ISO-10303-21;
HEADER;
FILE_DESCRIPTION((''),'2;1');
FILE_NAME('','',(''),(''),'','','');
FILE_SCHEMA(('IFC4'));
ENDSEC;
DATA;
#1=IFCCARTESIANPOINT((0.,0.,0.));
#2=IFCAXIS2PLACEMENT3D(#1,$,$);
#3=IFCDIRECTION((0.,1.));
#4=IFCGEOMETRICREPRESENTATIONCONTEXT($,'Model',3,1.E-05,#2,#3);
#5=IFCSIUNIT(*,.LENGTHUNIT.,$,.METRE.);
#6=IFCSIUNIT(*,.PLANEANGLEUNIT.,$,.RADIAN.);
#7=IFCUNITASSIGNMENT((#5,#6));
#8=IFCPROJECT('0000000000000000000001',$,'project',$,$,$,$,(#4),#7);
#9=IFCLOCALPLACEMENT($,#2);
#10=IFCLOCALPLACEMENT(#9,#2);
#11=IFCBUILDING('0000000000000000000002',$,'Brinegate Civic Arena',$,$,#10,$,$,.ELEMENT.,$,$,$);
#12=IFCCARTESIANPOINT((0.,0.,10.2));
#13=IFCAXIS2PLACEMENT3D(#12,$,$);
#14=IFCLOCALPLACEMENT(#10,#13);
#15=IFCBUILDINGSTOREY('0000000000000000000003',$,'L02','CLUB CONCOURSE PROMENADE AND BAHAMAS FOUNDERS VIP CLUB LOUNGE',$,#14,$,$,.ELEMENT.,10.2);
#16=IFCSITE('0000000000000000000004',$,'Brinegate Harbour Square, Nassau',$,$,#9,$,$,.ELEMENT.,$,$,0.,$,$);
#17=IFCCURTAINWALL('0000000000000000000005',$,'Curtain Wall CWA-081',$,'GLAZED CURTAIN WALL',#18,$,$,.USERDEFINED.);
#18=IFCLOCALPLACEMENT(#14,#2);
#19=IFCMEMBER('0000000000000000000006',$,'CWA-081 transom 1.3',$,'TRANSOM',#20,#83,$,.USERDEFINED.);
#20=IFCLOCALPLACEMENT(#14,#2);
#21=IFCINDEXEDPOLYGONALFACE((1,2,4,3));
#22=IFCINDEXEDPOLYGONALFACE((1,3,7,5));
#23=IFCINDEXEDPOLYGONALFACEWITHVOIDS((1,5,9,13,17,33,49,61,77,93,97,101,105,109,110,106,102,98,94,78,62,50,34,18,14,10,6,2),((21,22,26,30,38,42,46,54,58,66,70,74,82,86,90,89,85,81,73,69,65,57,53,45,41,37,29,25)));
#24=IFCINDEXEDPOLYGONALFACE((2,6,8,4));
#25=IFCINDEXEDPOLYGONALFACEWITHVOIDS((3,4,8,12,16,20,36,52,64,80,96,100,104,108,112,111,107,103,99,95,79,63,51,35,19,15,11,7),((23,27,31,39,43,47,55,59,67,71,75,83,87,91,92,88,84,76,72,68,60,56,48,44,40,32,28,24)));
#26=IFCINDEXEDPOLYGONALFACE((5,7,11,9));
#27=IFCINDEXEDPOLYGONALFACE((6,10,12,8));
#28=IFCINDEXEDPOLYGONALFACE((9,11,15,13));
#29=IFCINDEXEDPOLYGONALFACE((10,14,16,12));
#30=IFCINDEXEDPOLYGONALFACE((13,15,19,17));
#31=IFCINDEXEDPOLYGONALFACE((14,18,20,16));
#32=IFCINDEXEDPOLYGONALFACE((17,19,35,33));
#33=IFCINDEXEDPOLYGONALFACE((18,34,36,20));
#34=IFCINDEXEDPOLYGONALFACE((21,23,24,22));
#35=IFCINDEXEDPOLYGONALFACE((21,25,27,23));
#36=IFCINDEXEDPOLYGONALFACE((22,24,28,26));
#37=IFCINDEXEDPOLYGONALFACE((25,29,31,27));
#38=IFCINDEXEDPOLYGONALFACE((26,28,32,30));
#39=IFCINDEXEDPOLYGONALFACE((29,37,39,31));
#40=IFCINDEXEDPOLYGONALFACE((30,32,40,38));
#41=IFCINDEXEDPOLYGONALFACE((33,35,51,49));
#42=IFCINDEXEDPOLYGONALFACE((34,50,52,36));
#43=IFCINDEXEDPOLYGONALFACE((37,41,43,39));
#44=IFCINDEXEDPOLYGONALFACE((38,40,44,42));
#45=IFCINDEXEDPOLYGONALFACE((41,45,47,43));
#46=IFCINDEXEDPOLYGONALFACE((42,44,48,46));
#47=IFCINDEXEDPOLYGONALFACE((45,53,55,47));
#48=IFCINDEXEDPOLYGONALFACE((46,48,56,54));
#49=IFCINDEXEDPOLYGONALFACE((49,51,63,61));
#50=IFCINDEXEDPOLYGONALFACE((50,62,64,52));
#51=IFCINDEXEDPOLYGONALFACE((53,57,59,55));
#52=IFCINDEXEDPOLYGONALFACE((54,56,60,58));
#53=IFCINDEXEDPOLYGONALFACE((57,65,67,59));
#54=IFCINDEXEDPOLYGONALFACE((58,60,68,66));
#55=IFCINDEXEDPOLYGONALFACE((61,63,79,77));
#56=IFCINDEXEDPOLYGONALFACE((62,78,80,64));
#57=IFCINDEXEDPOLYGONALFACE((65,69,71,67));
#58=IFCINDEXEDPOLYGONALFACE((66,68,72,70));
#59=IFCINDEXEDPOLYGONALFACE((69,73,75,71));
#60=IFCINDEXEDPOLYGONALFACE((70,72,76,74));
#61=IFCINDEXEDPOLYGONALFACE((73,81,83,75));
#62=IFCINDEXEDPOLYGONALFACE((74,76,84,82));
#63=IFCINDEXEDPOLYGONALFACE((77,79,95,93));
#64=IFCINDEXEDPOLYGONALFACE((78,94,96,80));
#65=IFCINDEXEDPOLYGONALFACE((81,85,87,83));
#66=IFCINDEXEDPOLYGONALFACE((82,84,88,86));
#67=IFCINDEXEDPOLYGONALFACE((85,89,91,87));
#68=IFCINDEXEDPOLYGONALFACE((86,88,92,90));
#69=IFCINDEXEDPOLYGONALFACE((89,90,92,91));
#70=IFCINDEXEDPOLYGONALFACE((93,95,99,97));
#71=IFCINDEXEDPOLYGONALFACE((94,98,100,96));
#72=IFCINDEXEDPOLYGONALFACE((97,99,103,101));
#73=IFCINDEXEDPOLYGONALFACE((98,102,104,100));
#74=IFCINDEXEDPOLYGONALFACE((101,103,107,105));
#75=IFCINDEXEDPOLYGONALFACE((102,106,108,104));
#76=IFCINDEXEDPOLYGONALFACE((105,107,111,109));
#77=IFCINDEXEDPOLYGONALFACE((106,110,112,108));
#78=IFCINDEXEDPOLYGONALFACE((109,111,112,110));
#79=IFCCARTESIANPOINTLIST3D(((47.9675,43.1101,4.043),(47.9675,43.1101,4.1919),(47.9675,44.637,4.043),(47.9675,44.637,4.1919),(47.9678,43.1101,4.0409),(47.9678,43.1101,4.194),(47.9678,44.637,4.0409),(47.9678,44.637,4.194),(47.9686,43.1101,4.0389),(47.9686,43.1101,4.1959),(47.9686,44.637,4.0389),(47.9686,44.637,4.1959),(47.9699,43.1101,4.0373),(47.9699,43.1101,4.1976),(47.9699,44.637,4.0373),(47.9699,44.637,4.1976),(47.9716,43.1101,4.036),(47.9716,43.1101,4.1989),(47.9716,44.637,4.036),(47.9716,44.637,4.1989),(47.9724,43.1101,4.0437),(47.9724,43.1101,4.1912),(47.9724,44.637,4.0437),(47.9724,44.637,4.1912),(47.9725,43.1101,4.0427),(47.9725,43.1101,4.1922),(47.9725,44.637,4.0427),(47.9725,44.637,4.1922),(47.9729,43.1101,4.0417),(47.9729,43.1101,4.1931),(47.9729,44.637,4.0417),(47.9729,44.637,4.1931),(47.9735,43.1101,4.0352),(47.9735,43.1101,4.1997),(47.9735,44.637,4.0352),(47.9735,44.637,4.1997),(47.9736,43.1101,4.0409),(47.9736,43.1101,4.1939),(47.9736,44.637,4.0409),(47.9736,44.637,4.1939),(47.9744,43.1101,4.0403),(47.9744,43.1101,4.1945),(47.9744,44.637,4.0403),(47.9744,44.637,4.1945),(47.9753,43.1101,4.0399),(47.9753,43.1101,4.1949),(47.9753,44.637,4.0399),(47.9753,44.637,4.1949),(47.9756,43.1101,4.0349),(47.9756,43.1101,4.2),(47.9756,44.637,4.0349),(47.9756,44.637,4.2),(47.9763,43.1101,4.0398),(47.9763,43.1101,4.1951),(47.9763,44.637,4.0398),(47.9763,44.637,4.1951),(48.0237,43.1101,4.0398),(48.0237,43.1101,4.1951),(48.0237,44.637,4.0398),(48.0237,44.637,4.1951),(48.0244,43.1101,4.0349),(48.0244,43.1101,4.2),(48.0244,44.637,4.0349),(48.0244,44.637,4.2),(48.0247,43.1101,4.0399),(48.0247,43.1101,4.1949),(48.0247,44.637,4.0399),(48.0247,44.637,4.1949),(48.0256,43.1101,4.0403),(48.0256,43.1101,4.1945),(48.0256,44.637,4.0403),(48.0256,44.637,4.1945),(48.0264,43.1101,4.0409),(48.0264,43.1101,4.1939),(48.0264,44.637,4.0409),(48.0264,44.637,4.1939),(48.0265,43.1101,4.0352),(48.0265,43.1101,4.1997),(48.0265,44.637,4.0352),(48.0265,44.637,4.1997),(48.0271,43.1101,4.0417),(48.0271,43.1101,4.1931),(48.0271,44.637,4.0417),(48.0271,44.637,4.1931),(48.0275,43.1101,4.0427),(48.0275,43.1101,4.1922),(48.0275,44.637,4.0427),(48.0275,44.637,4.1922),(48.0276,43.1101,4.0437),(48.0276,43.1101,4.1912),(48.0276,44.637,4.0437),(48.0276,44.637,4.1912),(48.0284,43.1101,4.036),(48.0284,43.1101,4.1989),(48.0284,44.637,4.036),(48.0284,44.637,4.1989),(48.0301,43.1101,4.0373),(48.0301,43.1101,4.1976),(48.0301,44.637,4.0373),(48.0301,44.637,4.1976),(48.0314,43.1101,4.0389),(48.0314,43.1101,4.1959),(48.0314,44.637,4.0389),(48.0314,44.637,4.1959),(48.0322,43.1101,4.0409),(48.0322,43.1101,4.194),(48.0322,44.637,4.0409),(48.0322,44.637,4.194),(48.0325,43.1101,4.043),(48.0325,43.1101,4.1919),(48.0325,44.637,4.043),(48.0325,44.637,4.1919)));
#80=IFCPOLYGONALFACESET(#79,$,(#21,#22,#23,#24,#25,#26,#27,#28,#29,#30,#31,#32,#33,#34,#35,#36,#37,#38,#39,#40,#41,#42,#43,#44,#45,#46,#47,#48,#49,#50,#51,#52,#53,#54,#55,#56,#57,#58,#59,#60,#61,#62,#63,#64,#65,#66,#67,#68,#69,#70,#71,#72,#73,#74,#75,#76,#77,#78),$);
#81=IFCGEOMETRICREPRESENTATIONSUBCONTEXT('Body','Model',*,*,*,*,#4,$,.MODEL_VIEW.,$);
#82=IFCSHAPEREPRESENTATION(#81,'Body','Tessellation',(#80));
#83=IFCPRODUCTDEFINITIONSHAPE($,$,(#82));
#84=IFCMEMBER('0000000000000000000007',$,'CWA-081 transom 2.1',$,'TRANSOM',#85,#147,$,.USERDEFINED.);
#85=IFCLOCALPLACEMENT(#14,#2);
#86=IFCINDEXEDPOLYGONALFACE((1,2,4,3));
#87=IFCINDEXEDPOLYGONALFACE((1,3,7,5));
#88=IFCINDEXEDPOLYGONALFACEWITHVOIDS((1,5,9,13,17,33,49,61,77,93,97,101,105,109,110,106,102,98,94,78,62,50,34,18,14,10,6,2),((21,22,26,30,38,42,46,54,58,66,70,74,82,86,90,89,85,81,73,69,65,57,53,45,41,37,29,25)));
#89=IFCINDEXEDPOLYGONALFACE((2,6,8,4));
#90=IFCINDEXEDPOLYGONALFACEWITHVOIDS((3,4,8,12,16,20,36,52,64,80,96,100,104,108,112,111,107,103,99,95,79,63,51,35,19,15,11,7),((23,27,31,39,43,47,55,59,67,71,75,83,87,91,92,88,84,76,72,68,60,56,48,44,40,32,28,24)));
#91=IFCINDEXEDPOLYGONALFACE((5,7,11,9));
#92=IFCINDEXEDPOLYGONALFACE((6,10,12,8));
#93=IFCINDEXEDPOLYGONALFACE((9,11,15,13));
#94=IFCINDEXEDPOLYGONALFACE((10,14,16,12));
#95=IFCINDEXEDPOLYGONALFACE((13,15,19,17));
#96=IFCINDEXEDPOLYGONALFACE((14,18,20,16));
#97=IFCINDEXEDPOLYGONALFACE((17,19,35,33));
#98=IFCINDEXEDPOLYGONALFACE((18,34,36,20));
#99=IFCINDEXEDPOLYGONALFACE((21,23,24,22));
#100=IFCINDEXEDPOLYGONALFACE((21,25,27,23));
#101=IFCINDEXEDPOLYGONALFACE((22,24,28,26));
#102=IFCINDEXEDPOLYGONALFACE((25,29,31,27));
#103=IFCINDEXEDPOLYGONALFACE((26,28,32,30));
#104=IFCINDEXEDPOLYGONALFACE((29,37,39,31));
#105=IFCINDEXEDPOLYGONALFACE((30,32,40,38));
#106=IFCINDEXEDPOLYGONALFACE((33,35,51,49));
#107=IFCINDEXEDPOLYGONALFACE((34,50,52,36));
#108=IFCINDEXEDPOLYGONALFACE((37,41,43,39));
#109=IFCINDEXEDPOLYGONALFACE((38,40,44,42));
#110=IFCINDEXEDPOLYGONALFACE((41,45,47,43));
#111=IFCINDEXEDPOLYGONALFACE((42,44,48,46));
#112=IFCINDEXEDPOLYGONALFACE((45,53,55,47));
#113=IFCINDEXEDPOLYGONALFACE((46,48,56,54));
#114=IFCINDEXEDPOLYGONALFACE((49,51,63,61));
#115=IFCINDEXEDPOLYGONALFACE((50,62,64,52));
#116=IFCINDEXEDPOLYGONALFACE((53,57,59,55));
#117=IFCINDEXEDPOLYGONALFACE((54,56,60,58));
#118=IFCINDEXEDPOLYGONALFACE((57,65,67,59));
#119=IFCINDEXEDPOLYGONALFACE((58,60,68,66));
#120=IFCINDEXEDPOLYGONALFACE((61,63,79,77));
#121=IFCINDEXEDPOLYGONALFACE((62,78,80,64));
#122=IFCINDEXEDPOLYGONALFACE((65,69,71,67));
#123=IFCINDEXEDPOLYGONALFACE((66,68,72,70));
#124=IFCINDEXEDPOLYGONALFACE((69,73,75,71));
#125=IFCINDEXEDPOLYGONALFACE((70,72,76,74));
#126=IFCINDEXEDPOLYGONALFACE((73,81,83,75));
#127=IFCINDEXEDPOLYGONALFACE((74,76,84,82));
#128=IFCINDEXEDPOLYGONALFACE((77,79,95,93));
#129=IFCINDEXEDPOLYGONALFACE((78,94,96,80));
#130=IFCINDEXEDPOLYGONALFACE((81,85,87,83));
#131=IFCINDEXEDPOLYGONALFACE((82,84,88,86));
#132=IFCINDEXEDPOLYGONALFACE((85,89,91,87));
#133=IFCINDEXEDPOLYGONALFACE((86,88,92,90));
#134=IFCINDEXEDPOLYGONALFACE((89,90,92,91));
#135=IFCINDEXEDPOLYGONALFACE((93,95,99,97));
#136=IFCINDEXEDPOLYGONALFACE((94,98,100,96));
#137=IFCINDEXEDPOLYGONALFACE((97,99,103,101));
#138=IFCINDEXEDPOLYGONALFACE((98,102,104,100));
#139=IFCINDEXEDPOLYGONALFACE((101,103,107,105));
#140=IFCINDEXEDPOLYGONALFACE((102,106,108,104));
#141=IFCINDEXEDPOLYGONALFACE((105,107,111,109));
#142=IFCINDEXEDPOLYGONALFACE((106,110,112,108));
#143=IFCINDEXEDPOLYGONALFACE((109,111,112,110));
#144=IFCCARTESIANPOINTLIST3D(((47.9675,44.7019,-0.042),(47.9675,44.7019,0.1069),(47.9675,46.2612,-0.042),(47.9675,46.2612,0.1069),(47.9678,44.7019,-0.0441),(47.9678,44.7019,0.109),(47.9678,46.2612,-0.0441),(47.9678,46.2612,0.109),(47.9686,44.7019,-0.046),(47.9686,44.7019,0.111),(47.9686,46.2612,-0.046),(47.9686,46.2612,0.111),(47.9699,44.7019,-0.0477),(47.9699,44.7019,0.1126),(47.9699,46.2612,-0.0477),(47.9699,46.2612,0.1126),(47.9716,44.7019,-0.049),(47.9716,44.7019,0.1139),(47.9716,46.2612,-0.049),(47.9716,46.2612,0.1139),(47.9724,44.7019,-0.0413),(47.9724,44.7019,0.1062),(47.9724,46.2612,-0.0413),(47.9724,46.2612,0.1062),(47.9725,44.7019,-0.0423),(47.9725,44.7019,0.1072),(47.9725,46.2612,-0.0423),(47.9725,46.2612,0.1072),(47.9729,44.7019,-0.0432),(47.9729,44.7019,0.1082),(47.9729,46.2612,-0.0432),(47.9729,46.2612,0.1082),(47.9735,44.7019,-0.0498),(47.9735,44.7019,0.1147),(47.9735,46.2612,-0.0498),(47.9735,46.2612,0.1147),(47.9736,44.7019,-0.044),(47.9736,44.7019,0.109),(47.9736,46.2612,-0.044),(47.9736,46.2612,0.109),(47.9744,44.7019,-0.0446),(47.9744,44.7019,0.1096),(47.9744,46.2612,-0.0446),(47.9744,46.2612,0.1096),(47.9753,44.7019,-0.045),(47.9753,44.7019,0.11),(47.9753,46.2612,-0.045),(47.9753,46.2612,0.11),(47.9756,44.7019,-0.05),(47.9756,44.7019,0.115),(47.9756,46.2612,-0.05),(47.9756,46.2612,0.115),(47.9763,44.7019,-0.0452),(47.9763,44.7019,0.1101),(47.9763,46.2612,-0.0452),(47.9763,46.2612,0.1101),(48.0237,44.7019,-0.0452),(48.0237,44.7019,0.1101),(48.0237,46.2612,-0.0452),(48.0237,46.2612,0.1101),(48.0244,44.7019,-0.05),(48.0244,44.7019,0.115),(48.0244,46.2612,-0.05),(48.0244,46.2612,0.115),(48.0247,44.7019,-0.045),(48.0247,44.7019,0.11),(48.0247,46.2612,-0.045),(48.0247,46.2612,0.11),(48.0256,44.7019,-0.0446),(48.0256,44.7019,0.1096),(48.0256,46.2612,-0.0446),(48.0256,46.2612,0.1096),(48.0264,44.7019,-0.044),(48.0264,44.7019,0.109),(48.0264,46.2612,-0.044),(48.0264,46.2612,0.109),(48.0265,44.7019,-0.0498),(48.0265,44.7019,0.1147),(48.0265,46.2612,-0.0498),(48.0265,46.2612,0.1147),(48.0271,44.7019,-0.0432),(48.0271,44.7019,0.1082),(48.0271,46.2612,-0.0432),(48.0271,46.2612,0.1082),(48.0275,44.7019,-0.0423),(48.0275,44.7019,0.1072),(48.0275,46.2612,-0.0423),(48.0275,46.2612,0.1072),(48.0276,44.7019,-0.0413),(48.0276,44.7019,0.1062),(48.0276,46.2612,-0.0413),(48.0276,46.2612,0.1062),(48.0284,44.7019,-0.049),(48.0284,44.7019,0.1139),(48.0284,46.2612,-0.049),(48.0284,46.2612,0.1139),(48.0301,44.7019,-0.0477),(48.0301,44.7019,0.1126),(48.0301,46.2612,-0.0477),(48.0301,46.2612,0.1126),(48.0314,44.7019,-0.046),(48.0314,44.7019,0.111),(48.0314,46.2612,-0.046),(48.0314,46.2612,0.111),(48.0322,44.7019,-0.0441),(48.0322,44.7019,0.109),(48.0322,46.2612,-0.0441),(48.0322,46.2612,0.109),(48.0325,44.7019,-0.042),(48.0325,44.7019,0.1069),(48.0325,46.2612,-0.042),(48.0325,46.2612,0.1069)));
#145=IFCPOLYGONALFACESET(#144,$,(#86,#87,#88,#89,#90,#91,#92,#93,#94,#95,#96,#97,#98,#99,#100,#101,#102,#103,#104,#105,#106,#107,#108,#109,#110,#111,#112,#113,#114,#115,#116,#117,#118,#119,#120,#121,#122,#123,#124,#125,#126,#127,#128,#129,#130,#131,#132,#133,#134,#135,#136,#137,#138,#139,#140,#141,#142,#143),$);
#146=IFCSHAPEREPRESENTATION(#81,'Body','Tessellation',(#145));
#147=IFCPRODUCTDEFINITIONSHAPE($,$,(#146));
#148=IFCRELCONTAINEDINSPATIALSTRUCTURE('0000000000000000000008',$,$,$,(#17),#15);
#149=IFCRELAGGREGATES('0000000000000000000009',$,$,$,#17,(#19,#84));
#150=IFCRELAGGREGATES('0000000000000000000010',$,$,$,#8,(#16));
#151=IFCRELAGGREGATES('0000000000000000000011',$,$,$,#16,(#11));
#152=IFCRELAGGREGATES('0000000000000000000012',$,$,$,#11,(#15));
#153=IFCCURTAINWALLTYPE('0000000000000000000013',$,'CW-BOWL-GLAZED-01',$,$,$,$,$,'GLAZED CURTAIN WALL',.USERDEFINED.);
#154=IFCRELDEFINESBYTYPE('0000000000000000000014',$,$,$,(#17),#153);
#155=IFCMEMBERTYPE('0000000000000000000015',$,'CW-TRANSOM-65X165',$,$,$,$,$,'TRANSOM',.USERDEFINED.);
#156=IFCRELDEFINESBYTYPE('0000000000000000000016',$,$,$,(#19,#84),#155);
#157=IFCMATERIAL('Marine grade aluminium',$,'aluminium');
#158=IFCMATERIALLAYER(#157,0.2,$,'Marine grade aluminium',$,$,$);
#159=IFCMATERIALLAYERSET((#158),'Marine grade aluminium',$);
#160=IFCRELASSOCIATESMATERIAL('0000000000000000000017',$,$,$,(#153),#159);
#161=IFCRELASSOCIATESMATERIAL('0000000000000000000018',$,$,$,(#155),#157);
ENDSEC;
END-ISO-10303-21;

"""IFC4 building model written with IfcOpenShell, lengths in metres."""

from ifc_helpers import new_model, si_unit, direction, frame, origin, origin_2d, place, context, subcontext, project, spatial, hollow_rectangle, extrude, material, layer, layer_set, material_profile, profile_set, type_object, element, aggregate, save


model = new_model("IFC4")

# Units and contexts
model_context = context("Model", 3, precision=1e-05, world=origin(), true_north=direction((0.0, 1.0)))
body_context = subcontext(model_context, "Body", "Model", "MODEL_VIEW")
ifc_project = project(units=[si_unit("LENGTHUNIT", "METRE"), si_unit("PLANEANGLEUNIT", "RADIAN")], contexts=[model_context])

# Site, building, storey
site_placement = place(None, origin())
site = spatial("IfcSite", under=ifc_project, at=site_placement, Name="Brinegate Harbour Square, Nassau", CompositionType="ELEMENT", RefElevation=0.0)
building_placement = place(site_placement, origin())
building = spatial("IfcBuilding", under=site, at=building_placement, Name="Brinegate Civic Arena", CompositionType="ELEMENT")
storey_placement = place(building_placement, frame((0.0, 0.0, 10.2)))
storey = spatial("IfcBuildingStorey", under=building, at=storey_placement, Name="L02", Description="CLUB CONCOURSE PROMENADE AND BAHAMAS FOUNDERS VIP CLUB LOUNGE", CompositionType="ELEMENT", Elevation=10.2)

# Curtain wall, members
ifc_material_1 = material(Name="Marine grade aluminium", Category="aluminium")
ifc_layer_1 = layer(ifc_material_1, 0.2, Name="Marine grade aluminium")
ifc_layer_set_1 = layer_set([ifc_layer_1], Name="Marine grade aluminium")
curtain_wall_type = type_object("IfcCurtainWallType", Name="CW-BOWL-GLAZED-01", ElementType="GLAZED CURTAIN WALL", PredefinedType="USERDEFINED", material=ifc_layer_set_1)
curtain_wall_placement = place(storey_placement, origin())
curtain_wall = element("IfcCurtainWall", 1, at=curtain_wall_placement, inside=storey, type_object=curtain_wall_type, Name="Curtain Wall CWA-081", ObjectType="GLAZED CURTAIN WALL", PredefinedType="USERDEFINED")
ifc_material_profile_1 = material_profile(ifc_material_1, hollow_rectangle(XDim=0.0649, YDim=0.165, WallThickness=0.0049, InnerFilletRadius=0.0039, OuterFilletRadius=0.0081, at=origin_2d()), Name="TRN65X165")
ifc_profile_set_1 = profile_set([ifc_material_profile_1], Name="Marine grade aluminium")
member_type_1 = type_object("IfcMemberType", Name="CW-TRANSOM-65X165", ElementType="TRANSOM", PredefinedType="USERDEFINED", material=ifc_profile_set_1)
member_1_placement = place(storey_placement, frame((48.0, 43.1101, 4.1174), z_axis=(0.0, 1.0, 0.0), x_axis=(-1.0, 0.0, 0.0)))
member_1 = element("IfcMember", 2, at=member_1_placement, type_object=member_type_1, Name="CWA-081 transom 1.3", ObjectType="TRANSOM", PredefinedType="USERDEFINED", context=body_context, shape_type="SweptSolid", body=[
    extrude(hollow_rectangle(XDim=0.0649, YDim=0.165, WallThickness=0.0049, InnerFilletRadius=0.0039, OuterFilletRadius=0.0081, at=origin_2d()), origin(), (0.0, 0.0, 1.0), 1.5269),
])
member_2_placement = place(storey_placement, frame((48.0, 44.7019, 0.0325), z_axis=(0.0, 1.0, 0.0), x_axis=(-1.0, 0.0, 0.0)))
member_2 = element("IfcMember", 3, at=member_2_placement, type_object=member_type_1, Name="CWA-081 transom 2.1", ObjectType="TRANSOM", PredefinedType="USERDEFINED", context=body_context, shape_type="SweptSolid", body=[
    extrude(hollow_rectangle(XDim=0.0649, YDim=0.165, WallThickness=0.0049, InnerFilletRadius=0.0039, OuterFilletRadius=0.0081, at=origin_2d()), origin(), (0.0, 0.0, 1.0), 1.5593),
])
aggregate(curtain_wall, [member_1, member_2])

save(model, "model.ifc")
